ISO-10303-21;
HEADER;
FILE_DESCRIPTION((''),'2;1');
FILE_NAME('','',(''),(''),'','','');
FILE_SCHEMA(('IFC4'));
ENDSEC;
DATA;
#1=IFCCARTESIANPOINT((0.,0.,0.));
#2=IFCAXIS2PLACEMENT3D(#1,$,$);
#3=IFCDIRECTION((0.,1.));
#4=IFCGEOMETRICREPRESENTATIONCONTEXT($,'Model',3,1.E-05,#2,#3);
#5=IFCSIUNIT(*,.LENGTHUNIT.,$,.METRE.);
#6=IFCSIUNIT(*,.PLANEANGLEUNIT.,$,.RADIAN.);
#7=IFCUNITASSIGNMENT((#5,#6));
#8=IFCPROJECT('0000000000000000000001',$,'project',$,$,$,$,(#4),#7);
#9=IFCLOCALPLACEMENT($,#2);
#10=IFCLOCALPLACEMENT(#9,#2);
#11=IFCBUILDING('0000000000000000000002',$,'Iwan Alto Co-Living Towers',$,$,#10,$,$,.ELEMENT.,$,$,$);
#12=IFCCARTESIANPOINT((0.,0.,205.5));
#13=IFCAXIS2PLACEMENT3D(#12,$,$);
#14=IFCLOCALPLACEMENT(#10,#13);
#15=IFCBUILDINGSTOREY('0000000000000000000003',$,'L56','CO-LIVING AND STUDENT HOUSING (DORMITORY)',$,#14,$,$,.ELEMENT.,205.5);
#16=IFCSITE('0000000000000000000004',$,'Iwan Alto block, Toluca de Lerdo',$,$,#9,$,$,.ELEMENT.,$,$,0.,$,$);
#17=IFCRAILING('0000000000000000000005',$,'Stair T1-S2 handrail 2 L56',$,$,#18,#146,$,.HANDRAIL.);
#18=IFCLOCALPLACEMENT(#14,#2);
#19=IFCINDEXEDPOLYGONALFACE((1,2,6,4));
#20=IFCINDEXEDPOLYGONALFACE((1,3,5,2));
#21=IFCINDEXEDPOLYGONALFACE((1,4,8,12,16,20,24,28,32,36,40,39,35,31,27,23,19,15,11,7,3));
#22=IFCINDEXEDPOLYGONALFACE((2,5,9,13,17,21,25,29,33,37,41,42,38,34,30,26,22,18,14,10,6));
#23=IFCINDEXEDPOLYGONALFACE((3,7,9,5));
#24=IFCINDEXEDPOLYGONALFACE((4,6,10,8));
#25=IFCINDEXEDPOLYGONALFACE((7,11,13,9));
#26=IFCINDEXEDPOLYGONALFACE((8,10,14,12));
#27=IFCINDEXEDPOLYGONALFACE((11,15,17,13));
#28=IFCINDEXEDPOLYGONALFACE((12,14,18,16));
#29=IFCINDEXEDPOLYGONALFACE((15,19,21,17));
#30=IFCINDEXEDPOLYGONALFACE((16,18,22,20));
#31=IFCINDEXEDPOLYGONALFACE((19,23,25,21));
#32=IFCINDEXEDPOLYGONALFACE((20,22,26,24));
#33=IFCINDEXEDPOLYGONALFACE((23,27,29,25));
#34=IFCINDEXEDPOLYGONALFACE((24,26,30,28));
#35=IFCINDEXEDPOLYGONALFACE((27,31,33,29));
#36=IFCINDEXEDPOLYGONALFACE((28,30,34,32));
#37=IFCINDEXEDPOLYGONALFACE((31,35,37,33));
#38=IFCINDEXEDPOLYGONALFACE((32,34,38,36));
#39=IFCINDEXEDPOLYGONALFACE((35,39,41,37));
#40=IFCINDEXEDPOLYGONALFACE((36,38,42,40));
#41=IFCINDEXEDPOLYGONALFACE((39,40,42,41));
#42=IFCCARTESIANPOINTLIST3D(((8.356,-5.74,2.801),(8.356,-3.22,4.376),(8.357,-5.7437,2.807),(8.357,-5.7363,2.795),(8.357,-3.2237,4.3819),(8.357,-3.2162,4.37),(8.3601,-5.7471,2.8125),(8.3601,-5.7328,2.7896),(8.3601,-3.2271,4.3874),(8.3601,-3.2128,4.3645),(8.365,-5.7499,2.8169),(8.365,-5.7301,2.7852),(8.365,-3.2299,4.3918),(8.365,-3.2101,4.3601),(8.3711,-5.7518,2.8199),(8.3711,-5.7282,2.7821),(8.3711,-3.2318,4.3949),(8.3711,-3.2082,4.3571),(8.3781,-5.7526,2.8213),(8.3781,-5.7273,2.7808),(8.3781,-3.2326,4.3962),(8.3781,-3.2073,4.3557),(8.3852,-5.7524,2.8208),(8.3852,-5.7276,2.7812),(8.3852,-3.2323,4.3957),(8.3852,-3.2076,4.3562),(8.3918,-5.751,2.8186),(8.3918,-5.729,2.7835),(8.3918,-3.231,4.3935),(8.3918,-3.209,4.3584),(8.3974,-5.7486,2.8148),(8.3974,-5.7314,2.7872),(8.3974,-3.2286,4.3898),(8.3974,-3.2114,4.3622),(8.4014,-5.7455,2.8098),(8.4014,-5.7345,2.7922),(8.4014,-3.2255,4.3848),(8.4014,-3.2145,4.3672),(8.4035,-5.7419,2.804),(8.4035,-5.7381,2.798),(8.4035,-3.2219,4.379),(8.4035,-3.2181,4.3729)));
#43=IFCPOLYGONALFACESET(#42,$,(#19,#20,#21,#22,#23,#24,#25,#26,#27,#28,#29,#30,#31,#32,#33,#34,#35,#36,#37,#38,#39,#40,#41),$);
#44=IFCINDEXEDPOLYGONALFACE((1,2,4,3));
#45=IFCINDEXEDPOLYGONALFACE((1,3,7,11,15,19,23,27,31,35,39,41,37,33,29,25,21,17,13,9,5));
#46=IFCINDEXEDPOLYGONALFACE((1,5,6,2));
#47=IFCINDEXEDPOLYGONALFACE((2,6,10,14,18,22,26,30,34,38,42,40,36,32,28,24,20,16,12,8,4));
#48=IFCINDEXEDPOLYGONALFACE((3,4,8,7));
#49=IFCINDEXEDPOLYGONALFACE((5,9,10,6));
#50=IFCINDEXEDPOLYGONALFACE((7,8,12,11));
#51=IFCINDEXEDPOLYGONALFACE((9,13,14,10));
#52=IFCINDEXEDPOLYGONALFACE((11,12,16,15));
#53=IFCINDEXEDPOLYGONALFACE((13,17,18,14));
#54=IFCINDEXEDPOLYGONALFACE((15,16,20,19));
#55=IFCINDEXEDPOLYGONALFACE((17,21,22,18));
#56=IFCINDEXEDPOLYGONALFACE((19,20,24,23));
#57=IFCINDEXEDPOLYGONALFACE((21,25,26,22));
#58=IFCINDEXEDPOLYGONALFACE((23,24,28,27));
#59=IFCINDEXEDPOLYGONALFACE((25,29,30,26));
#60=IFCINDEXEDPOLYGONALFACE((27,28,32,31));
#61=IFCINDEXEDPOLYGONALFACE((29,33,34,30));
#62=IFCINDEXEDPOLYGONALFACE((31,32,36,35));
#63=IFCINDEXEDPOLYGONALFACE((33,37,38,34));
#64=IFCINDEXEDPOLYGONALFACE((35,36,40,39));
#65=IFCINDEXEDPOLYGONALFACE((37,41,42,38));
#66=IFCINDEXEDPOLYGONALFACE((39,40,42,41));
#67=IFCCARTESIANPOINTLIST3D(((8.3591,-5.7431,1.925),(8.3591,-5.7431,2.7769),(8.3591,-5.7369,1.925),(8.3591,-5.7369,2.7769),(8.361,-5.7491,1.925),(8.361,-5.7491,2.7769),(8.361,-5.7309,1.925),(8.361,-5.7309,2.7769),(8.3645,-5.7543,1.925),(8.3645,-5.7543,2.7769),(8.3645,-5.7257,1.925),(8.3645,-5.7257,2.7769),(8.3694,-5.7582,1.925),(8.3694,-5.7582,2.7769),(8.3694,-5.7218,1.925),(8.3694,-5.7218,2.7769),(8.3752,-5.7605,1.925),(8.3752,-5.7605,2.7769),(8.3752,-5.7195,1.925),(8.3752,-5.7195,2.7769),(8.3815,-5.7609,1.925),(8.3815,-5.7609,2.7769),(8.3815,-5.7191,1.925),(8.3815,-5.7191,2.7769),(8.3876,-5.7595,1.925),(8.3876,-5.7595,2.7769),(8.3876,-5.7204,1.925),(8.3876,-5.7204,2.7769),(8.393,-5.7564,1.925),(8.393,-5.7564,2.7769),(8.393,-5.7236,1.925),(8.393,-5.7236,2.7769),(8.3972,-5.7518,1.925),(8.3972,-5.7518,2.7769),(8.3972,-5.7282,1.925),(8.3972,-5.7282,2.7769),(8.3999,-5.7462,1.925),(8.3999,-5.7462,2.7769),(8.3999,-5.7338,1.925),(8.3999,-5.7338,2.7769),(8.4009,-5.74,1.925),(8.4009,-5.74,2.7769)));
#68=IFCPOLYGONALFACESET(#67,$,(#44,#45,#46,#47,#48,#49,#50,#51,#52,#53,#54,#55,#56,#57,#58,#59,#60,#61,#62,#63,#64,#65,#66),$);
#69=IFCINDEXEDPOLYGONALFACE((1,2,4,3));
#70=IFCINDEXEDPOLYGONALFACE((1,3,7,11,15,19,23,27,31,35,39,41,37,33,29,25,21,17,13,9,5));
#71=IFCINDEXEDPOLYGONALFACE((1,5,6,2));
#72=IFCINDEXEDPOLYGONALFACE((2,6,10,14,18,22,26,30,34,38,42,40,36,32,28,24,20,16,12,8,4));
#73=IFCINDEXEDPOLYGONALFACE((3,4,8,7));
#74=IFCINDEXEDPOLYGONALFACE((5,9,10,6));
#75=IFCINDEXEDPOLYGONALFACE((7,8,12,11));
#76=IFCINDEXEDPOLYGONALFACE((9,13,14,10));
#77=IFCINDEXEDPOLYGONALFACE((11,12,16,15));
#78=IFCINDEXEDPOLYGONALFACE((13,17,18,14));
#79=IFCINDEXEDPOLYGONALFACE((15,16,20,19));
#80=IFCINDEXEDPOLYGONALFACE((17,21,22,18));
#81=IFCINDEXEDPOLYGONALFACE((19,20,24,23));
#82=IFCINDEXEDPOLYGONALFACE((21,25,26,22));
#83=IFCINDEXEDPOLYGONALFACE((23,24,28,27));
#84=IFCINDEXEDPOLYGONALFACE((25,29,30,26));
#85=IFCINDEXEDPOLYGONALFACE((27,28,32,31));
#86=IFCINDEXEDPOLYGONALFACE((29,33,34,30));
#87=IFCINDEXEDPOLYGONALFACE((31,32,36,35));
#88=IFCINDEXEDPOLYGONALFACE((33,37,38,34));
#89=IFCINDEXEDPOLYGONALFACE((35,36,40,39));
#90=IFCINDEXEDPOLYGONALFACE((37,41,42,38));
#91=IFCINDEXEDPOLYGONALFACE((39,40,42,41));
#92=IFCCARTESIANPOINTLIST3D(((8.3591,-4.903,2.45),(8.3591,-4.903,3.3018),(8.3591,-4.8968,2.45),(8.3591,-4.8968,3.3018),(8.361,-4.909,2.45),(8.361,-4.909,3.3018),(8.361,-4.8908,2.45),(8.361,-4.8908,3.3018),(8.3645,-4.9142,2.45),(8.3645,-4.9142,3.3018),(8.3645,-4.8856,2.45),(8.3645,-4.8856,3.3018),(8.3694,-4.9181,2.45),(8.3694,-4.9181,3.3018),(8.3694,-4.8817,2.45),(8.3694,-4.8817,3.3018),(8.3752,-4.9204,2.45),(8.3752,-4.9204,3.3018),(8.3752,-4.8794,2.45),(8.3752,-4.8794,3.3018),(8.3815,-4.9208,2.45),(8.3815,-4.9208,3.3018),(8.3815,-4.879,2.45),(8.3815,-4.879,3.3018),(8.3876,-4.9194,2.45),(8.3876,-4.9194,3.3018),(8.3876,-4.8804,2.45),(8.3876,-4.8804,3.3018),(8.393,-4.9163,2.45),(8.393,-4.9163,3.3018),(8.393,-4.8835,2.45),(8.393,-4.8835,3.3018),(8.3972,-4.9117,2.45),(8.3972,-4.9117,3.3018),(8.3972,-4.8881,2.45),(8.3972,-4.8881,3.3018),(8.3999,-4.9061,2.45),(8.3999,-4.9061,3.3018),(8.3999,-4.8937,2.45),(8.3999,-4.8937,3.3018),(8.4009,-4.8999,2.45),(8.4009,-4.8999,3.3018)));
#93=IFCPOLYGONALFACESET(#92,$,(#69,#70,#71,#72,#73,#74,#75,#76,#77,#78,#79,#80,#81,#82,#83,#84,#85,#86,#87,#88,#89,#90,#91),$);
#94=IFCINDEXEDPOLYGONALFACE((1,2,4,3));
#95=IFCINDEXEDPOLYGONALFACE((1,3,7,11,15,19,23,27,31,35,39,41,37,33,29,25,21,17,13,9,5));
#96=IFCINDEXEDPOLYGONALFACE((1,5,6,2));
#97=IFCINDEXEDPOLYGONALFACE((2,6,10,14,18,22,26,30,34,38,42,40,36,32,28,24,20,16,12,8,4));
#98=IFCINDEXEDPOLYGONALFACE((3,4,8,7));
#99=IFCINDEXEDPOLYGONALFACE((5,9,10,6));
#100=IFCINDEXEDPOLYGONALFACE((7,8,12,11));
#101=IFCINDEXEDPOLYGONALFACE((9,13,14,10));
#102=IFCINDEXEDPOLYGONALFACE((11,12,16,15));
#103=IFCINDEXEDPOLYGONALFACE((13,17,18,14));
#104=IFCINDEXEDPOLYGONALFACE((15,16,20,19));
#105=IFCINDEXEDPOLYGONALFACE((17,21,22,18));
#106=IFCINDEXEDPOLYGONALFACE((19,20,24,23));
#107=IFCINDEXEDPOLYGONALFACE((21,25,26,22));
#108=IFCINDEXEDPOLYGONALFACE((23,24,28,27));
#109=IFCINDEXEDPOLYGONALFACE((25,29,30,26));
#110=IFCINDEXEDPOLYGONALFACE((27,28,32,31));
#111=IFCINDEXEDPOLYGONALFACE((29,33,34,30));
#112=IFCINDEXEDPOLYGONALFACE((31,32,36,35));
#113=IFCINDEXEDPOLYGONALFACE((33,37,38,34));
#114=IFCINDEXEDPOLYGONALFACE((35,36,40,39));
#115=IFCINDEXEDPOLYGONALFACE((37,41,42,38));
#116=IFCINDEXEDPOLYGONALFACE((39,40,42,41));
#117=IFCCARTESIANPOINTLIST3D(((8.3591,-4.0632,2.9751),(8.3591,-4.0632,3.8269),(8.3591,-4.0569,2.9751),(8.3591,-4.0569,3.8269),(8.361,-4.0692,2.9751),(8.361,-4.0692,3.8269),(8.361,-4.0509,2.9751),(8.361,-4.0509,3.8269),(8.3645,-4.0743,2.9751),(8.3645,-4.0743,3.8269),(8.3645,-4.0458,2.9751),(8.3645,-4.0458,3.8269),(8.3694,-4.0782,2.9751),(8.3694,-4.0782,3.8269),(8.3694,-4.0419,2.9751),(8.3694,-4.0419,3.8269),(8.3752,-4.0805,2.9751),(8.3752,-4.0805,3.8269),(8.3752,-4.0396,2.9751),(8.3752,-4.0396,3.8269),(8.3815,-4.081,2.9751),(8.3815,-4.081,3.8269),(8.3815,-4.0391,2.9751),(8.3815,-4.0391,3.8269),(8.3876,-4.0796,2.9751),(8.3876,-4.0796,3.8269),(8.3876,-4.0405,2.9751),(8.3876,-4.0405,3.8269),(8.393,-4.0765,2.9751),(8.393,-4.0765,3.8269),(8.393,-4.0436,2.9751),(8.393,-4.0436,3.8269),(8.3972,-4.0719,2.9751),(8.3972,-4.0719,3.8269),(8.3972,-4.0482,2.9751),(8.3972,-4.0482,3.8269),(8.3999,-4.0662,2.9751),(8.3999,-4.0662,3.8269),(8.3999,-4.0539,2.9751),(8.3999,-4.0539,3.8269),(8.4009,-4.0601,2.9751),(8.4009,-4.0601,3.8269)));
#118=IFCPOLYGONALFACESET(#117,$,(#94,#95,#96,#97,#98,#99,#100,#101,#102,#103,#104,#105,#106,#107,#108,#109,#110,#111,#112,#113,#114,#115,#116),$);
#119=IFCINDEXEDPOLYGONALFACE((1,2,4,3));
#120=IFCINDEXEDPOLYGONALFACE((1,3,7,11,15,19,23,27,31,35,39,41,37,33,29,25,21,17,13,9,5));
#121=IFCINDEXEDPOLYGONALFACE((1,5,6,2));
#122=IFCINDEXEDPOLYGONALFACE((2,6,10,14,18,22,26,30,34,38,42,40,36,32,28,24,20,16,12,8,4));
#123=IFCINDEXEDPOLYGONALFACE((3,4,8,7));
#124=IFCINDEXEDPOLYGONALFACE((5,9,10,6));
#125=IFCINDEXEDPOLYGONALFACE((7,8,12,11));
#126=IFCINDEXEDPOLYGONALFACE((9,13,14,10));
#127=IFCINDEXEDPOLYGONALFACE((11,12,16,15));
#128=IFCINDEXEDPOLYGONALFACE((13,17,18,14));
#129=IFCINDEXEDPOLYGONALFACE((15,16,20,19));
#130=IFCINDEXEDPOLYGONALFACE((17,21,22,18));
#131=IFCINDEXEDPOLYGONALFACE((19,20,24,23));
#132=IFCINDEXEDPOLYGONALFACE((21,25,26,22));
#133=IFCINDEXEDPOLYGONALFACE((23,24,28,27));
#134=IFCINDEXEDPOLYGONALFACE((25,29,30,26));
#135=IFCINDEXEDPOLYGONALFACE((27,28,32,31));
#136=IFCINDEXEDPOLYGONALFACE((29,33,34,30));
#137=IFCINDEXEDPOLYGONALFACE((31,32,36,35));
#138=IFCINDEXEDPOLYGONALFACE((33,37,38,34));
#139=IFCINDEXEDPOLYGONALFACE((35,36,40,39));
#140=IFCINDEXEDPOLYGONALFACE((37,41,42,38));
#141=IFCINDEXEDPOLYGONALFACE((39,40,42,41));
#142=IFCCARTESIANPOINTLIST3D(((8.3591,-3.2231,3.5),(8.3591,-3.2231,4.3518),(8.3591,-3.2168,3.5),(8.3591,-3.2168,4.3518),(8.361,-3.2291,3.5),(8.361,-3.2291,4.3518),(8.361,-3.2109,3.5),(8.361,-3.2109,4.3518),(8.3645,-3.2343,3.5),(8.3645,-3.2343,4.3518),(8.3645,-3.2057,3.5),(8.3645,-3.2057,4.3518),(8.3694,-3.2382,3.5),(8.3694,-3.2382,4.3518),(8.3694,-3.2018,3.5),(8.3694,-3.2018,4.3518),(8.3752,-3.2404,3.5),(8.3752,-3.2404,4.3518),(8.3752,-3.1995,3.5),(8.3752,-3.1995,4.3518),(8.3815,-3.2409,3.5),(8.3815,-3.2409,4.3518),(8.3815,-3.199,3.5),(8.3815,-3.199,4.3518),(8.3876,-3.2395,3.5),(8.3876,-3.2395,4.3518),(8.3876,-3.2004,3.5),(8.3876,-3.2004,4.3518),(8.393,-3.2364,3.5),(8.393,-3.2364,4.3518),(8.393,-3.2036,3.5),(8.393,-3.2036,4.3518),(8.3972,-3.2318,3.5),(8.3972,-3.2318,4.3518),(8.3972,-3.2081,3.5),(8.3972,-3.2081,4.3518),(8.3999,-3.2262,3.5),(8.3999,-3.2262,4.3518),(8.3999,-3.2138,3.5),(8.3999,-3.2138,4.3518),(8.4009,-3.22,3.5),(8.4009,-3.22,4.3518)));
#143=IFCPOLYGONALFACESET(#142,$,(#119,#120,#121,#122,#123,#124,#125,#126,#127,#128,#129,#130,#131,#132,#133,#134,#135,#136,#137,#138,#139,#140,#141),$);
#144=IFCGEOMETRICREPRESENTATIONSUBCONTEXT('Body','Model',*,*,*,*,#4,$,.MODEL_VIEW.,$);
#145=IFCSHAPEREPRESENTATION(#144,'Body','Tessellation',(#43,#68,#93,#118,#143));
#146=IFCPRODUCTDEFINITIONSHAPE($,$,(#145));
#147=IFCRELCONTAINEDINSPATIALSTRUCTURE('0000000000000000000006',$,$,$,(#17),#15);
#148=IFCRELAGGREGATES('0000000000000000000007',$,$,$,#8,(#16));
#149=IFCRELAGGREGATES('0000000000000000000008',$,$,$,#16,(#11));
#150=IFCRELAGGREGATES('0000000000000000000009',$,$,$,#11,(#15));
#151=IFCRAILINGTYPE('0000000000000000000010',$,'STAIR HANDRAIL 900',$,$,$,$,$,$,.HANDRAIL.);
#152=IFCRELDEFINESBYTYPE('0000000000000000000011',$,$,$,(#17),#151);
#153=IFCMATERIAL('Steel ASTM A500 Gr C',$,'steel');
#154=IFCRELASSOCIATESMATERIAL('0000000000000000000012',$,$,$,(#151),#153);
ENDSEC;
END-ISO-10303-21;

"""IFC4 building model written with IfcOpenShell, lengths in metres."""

from ifc_helpers import new_model, si_unit, direction, frame, origin, origin_2d, place, context, subcontext, project, spatial, circle, extrude, material, type_object, element, save


model = new_model("IFC4")

# Units and contexts
model_context = context("Model", 3, precision=1e-05, world=origin(), true_north=direction((0.0, 1.0)))
body_context = subcontext(model_context, "Body", "Model", "MODEL_VIEW")
ifc_project = project(units=[si_unit("LENGTHUNIT", "METRE"), si_unit("PLANEANGLEUNIT", "RADIAN")], contexts=[model_context])

# Site, building, storey
site_placement = place(None, origin())
site = spatial("IfcSite", under=ifc_project, at=site_placement, Name="Iwan Alto block, Toluca de Lerdo", CompositionType="ELEMENT", RefElevation=0.0)
building_placement = place(site_placement, origin())
building = spatial("IfcBuilding", under=site, at=building_placement, Name="Iwan Alto Co-Living Towers", CompositionType="ELEMENT")
storey_placement = place(building_placement, frame((0.0, 0.0, 205.5)))
storey = spatial("IfcBuildingStorey", under=building, at=storey_placement, Name="L56", Description="CO-LIVING AND STUDENT HOUSING (DORMITORY)", CompositionType="ELEMENT", Elevation=205.5)

# Railing
ifc_material_1 = material(Name="Steel ASTM A500 Gr C", Category="steel")
railing_type_1 = type_object("IfcRailingType", Name="STAIR HANDRAIL 900", PredefinedType="HANDRAIL", material=ifc_material_1)
railing_1_placement = place(storey_placement, frame((8.3799, -5.74, 1.925)))
element("IfcRailing", 1, at=railing_1_placement, inside=storey, type_object=railing_type_1, Name="Stair T1-S2 handrail 2 L56", PredefinedType="HANDRAIL", context=body_context, shape_type="SweptSolid", body=[
    extrude(circle(Radius=0.0239, at=origin_2d()), frame((0.0, 0.0, 0.876), z_axis=(0.0, 0.848008, 0.529984), x_axis=(-1.0, 0.0, 0.0)), (0.0, 0.0, 1.0), 2.9717),
    extrude(circle(Radius=0.021, at=origin_2d()), origin(), (0.0, 0.0, 1.0), 0.8518),
    extrude(circle(Radius=0.021, at=origin_2d()), frame((0.0, 0.8401, 0.5249)), (0.0, 0.0, 1.0), 0.8518),
    extrude(circle(Radius=0.021, at=origin_2d()), frame((0.0, 1.6799, 1.05)), (0.0, 0.0, 1.0), 0.8518),
    extrude(circle(Radius=0.021, at=origin_2d()), frame((0.0, 2.52, 1.575)), (0.0, 0.0, 1.0), 0.8518),
])

save(model, "model.ifc")
